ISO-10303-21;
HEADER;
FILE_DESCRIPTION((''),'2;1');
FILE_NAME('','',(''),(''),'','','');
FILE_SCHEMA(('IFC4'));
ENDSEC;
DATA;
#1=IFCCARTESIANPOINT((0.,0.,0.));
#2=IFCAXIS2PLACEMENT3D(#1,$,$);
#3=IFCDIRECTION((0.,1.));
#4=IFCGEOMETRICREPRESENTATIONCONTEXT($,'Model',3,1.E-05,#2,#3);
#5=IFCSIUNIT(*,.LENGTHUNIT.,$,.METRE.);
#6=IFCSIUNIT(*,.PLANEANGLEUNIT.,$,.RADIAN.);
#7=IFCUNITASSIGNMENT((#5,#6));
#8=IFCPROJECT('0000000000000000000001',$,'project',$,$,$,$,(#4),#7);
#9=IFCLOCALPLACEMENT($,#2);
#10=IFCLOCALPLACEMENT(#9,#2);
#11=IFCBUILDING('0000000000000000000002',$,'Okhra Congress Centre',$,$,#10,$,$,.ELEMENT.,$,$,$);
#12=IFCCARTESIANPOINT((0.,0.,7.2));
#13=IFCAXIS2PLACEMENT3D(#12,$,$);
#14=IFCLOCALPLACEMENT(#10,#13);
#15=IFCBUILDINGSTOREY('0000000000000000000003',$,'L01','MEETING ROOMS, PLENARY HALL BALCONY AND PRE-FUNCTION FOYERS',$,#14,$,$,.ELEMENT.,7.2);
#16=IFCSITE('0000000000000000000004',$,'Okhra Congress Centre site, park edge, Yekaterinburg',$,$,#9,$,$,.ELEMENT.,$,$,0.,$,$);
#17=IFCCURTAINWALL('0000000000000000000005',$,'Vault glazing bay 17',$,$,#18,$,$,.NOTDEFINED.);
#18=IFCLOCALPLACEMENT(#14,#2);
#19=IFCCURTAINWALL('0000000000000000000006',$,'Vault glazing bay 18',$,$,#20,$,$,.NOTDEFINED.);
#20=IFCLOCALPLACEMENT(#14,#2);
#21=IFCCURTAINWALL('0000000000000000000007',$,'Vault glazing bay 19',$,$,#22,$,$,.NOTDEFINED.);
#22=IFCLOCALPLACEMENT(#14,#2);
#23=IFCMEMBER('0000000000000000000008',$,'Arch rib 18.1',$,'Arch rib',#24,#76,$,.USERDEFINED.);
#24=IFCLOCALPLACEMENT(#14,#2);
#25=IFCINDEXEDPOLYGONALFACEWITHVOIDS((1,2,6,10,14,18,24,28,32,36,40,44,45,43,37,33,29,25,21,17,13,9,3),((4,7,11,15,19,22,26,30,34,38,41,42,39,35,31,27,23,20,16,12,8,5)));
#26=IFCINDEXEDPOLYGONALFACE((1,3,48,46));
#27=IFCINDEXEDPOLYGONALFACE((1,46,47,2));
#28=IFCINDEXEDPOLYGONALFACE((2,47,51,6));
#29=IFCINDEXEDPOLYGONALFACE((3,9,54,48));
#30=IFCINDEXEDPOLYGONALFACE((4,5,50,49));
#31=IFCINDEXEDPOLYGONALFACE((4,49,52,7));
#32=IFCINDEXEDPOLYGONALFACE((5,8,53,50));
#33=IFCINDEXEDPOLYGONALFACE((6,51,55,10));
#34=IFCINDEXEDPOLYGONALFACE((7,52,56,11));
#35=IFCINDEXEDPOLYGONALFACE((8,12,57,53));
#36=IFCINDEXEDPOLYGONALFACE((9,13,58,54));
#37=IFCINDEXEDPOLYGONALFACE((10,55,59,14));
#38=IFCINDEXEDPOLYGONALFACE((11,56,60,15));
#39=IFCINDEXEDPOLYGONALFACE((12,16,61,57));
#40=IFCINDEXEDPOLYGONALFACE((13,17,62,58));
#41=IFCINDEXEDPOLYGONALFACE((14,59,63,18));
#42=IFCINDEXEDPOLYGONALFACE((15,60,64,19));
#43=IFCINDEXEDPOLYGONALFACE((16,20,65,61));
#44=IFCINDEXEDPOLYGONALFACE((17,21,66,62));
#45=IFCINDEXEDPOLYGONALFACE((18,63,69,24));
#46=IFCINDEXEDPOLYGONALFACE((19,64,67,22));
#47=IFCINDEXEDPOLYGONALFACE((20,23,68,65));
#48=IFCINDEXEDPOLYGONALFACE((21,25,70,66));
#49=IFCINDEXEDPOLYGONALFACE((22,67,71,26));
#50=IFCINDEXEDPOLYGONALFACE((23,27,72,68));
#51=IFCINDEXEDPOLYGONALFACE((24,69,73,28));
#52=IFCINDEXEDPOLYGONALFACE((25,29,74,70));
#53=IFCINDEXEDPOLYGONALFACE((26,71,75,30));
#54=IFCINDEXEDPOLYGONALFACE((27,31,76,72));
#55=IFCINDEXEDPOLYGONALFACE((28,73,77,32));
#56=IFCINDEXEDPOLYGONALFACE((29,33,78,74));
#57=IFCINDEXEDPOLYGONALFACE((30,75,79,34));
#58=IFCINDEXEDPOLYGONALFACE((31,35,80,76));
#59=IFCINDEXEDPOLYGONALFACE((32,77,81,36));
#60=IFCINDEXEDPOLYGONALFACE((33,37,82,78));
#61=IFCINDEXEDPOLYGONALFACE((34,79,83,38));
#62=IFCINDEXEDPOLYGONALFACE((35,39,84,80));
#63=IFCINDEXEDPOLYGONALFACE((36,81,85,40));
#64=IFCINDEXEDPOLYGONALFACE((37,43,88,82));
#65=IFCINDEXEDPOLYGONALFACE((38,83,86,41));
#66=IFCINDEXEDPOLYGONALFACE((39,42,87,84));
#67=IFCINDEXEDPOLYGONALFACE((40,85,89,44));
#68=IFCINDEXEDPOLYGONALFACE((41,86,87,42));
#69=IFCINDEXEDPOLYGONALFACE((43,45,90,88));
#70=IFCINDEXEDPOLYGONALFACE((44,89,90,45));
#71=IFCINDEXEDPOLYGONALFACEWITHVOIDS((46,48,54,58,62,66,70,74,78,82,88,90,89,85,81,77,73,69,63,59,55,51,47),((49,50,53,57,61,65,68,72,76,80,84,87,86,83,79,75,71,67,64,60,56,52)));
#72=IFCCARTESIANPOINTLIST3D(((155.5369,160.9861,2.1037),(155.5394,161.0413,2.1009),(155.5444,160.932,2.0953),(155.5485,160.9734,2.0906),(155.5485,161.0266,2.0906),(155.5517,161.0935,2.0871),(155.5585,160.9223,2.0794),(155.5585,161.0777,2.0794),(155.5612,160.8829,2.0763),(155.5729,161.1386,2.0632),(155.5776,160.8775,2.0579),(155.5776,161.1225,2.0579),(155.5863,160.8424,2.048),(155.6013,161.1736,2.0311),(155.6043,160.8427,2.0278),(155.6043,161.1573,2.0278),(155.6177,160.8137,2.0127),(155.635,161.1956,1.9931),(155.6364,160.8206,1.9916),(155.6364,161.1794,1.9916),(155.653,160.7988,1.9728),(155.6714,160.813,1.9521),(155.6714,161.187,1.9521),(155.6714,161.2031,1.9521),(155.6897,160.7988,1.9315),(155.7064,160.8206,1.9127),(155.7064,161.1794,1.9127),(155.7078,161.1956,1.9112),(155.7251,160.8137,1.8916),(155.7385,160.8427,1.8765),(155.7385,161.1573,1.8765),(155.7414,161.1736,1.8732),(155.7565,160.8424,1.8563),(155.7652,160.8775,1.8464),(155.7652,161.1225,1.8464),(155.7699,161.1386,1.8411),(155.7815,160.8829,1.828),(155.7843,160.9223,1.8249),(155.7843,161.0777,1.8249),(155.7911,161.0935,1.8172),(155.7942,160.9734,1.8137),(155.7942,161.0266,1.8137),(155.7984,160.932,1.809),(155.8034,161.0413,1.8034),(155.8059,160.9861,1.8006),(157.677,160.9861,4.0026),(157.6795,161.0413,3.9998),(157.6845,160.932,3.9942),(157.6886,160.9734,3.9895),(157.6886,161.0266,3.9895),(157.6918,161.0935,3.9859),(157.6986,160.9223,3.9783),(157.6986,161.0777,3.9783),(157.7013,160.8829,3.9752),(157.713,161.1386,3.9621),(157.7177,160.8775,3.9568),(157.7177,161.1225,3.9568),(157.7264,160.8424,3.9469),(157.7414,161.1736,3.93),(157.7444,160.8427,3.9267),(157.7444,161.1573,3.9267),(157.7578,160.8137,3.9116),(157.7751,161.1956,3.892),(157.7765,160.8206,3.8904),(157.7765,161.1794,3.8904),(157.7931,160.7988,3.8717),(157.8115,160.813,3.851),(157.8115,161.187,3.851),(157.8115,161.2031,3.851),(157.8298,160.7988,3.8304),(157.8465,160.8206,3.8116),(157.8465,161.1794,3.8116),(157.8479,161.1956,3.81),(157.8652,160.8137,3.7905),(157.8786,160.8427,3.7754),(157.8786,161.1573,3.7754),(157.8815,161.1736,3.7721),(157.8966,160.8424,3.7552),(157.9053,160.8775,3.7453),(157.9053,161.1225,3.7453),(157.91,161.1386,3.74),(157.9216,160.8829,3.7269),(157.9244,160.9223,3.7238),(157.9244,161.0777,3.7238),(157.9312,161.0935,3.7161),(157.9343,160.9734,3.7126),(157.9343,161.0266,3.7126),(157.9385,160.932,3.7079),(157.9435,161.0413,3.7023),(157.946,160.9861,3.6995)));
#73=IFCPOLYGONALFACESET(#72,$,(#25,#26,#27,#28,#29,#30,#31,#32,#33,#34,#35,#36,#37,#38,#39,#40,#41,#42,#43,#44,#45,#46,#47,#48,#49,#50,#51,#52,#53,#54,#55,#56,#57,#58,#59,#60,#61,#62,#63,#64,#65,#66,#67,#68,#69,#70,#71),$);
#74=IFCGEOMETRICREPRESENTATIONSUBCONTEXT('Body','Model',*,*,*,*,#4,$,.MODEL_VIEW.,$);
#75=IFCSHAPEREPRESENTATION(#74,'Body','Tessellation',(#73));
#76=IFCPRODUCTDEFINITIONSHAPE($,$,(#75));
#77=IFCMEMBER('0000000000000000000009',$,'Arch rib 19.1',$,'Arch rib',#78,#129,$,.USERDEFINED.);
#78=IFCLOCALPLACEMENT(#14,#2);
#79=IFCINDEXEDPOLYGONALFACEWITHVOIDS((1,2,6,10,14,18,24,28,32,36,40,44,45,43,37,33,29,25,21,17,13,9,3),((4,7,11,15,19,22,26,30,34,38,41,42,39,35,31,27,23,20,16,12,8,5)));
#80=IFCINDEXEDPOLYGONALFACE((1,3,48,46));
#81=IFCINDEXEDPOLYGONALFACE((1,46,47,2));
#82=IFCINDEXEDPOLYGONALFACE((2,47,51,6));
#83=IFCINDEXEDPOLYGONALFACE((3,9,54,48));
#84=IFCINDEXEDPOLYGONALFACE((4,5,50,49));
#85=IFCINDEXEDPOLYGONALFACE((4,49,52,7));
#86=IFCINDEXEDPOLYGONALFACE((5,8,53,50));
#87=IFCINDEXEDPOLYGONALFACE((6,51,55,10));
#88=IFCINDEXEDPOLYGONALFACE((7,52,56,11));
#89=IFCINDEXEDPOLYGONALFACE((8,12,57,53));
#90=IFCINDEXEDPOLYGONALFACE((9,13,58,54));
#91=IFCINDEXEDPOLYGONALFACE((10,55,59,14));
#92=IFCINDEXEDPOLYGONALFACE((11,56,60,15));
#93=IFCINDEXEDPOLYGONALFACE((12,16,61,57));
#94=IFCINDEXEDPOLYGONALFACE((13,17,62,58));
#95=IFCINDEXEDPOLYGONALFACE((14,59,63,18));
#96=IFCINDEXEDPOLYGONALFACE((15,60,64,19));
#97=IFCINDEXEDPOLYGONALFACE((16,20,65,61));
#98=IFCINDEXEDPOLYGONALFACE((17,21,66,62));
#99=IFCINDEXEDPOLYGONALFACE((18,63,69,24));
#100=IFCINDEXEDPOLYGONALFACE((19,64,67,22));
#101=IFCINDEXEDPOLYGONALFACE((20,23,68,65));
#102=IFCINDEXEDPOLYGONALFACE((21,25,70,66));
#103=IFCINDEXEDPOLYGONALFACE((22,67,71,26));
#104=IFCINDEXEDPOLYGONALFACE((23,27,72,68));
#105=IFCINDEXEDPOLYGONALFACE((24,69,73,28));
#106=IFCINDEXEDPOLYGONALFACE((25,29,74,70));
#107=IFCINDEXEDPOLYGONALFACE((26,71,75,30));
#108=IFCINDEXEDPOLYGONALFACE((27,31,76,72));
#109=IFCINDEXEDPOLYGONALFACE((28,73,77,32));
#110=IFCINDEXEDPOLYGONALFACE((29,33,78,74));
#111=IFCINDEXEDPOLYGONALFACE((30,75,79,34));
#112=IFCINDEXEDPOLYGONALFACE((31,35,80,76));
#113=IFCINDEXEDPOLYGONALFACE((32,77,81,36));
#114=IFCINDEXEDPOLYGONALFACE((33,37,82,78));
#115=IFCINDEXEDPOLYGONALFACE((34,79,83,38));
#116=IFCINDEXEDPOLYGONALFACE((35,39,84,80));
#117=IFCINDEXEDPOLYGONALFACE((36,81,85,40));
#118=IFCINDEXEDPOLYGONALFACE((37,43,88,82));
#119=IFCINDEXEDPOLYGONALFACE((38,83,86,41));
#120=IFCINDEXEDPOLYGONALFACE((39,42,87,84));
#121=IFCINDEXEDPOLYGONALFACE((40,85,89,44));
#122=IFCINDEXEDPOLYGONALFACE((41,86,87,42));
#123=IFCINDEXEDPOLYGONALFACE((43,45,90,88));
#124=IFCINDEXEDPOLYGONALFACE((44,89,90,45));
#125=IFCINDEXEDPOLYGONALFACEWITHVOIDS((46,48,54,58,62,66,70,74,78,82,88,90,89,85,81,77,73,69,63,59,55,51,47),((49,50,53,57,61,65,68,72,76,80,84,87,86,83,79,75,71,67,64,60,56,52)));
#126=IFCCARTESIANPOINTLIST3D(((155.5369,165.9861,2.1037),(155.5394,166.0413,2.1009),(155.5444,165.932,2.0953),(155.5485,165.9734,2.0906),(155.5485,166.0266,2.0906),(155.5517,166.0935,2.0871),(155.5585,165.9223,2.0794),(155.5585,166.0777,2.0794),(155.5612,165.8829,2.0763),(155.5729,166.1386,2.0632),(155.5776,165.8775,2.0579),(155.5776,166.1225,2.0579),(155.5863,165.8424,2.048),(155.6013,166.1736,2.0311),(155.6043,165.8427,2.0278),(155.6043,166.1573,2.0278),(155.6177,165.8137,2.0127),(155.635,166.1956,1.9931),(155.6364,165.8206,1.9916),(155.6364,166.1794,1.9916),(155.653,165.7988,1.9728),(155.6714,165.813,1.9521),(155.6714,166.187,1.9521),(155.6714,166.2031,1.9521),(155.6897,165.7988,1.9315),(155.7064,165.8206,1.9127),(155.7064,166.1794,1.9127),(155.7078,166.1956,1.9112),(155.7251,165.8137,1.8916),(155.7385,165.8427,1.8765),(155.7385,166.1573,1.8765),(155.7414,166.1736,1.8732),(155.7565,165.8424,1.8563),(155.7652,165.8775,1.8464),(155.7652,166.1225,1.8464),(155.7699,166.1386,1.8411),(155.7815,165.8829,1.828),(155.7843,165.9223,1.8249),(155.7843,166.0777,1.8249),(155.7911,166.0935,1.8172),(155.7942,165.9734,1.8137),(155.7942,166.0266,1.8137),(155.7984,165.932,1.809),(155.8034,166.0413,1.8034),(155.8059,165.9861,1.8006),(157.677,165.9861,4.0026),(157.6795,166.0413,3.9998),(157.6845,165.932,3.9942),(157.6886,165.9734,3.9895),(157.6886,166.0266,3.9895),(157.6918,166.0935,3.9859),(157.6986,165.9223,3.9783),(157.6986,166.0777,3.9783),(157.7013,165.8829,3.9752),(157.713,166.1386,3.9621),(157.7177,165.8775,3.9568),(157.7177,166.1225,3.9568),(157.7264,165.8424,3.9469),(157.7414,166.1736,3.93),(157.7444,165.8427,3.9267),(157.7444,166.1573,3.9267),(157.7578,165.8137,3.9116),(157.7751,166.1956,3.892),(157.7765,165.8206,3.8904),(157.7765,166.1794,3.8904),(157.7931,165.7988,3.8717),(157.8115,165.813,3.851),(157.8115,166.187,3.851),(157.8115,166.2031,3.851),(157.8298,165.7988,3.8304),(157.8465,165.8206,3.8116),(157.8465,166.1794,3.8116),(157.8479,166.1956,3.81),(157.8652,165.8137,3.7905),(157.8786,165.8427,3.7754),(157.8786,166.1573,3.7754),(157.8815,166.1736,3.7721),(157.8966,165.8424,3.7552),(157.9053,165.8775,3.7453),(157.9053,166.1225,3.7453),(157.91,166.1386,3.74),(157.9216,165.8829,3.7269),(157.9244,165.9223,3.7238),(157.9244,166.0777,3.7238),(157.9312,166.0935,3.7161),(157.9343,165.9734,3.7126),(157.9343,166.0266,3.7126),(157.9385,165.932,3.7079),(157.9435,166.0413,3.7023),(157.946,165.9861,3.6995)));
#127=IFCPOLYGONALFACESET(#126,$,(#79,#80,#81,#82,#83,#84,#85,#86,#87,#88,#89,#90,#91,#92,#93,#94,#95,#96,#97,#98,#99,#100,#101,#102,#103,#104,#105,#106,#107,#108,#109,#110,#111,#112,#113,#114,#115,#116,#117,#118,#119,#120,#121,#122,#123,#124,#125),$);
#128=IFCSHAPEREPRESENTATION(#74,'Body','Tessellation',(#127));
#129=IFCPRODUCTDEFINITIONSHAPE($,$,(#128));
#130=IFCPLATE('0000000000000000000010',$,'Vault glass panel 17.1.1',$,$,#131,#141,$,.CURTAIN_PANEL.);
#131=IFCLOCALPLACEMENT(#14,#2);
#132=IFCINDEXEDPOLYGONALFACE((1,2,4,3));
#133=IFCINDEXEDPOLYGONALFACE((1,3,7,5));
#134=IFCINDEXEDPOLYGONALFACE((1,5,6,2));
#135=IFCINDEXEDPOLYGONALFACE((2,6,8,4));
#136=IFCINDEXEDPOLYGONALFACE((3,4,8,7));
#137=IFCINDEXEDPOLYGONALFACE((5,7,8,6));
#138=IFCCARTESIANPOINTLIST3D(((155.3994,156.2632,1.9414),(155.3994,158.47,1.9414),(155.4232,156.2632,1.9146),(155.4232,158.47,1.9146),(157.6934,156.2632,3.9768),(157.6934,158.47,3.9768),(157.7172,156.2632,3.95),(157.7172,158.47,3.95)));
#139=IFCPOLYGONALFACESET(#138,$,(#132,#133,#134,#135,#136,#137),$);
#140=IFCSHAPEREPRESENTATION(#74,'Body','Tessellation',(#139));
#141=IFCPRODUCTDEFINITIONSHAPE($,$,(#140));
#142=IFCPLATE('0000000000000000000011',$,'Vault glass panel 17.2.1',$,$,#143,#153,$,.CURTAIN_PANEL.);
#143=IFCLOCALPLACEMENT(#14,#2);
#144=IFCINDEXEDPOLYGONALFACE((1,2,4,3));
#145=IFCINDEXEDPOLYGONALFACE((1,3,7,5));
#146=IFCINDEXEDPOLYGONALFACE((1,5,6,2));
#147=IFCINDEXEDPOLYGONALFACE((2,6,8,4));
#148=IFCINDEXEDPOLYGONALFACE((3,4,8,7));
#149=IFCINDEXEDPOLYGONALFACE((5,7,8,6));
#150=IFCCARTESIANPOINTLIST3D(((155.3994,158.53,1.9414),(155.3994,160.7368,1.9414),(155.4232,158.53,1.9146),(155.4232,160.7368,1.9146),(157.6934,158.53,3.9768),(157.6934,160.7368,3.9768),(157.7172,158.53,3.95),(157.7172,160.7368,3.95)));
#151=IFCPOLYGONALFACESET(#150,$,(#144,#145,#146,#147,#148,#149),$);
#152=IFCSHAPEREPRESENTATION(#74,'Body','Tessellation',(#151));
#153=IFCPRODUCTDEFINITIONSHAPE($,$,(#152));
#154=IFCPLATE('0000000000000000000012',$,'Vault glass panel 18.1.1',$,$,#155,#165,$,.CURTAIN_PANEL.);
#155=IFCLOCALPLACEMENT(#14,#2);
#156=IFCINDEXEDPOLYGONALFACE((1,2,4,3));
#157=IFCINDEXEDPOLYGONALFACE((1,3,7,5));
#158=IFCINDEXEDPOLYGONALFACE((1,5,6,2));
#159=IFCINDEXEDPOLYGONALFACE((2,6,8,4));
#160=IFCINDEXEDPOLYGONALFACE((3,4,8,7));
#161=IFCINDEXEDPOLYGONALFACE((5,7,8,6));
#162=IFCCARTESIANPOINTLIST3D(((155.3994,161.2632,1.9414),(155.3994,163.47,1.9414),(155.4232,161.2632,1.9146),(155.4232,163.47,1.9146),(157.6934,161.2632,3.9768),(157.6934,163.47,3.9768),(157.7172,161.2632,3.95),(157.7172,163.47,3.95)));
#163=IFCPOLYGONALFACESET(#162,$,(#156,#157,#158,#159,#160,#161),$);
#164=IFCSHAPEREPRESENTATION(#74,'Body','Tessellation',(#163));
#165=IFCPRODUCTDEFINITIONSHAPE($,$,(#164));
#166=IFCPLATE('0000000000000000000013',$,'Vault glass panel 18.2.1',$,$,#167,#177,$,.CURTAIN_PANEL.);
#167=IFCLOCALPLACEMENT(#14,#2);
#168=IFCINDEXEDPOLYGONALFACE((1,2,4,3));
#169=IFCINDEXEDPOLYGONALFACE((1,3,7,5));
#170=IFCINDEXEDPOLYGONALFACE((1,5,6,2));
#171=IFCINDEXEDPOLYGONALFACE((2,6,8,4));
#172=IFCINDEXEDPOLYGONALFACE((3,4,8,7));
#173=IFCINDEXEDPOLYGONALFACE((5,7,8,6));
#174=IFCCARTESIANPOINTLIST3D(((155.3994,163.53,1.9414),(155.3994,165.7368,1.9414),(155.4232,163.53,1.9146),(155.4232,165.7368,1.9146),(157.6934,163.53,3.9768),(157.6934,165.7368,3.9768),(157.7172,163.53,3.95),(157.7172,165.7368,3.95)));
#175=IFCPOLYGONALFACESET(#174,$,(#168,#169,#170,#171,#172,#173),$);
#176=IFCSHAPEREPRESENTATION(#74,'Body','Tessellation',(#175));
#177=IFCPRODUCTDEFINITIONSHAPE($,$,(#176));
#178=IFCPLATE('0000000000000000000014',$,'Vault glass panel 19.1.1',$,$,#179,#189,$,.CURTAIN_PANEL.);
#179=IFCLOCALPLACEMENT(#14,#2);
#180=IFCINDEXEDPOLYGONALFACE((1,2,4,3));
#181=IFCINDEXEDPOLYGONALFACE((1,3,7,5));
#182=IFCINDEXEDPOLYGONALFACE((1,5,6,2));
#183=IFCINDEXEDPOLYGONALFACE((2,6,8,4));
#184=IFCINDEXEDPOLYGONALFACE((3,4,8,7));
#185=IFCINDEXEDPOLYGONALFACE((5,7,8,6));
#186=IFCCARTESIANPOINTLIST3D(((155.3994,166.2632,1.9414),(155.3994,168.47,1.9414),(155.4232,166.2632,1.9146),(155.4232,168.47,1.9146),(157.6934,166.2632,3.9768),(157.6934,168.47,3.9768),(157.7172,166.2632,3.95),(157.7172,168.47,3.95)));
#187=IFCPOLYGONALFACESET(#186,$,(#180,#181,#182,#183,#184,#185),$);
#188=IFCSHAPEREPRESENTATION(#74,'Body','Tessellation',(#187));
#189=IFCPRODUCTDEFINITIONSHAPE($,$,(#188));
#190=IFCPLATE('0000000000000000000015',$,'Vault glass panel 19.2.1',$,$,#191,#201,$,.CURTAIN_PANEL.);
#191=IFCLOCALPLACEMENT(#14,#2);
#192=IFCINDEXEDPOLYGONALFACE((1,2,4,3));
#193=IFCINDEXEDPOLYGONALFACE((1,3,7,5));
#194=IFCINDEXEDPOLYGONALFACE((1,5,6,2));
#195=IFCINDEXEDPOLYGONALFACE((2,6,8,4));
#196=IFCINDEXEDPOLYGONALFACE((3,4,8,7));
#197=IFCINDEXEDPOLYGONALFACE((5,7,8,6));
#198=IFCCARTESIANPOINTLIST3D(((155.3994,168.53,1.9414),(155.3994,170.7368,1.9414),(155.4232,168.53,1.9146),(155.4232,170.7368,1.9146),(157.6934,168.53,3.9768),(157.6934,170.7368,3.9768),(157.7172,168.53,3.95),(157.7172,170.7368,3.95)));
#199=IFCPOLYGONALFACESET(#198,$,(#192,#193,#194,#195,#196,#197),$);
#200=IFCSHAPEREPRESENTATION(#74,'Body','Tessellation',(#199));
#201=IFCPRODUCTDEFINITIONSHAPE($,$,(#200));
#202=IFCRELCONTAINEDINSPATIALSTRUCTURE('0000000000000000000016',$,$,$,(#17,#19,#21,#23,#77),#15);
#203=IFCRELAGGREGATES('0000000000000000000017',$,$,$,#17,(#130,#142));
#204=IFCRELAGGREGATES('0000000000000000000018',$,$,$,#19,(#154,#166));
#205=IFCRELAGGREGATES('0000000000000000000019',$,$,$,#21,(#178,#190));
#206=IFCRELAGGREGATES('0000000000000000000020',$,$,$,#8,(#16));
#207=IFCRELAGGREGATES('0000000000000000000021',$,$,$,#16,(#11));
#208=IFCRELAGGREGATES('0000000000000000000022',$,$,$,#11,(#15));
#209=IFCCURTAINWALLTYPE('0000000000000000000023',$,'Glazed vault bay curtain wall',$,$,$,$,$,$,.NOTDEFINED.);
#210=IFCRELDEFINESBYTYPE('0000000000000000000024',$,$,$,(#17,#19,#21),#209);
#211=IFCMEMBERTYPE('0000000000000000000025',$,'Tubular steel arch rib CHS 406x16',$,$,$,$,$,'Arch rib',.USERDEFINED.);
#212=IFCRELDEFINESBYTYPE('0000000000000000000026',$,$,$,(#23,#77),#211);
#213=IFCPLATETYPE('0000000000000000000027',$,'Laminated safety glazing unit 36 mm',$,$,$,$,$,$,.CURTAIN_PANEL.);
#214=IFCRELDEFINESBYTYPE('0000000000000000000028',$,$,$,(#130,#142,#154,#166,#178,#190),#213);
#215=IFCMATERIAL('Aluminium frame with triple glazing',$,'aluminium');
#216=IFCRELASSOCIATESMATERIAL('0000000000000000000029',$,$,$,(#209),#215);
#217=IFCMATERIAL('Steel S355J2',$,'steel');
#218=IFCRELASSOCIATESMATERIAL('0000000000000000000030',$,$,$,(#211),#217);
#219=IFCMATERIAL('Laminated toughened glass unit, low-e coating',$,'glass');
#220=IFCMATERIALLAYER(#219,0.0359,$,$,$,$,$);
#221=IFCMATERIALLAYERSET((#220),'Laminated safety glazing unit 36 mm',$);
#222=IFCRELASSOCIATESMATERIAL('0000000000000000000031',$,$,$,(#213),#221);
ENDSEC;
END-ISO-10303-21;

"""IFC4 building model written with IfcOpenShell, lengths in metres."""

from ifc_helpers import new_model, si_unit, direction, frame, origin, origin_2d, place, context, subcontext, project, spatial, polyline, hollow_circle, outline, extrude, material, layer, layer_set, material_profile, profile_set, type_object, element, aggregate, save


model = new_model("IFC4")

# Units and contexts
model_context = context("Model", 3, precision=1e-05, world=origin(), true_north=direction((0.0, 1.0)))
body_context = subcontext(model_context, "Body", "Model", "MODEL_VIEW")
ifc_project = project(units=[si_unit("LENGTHUNIT", "METRE"), si_unit("PLANEANGLEUNIT", "RADIAN")], contexts=[model_context])

# Site, building, storey
site_placement = place(None, origin())
site = spatial("IfcSite", under=ifc_project, at=site_placement, Name="Okhra Congress Centre site, park edge, Yekaterinburg", CompositionType="ELEMENT", RefElevation=0.0)
building_placement = place(site_placement, origin())
building = spatial("IfcBuilding", under=site, at=building_placement, Name="Okhra Congress Centre", CompositionType="ELEMENT")
storey_placement = place(building_placement, frame((0.0, 0.0, 7.2)))
storey = spatial("IfcBuildingStorey", under=building, at=storey_placement, Name="L01", Description="MEETING ROOMS, PLENARY HALL BALCONY AND PRE-FUNCTION FOYERS", CompositionType="ELEMENT", Elevation=7.2)

# Shared definitions
ifc_material_1 = material(Name="Aluminium frame with triple glazing", Category="aluminium")
curtain_wall_type = type_object("IfcCurtainWallType", Name="Glazed vault bay curtain wall", PredefinedType="NOTDEFINED", material=ifc_material_1)

# Curtain walls
curtain_wall_1_placement = place(storey_placement, origin())
curtain_wall_1 = element("IfcCurtainWall", 1, at=curtain_wall_1_placement, inside=storey, type_object=curtain_wall_type, Name="Vault glazing bay 17", PredefinedType="NOTDEFINED")
curtain_wall_2_placement = place(storey_placement, origin())
curtain_wall_2 = element("IfcCurtainWall", 2, at=curtain_wall_2_placement, inside=storey, type_object=curtain_wall_type, Name="Vault glazing bay 18", PredefinedType="NOTDEFINED")
curtain_wall_3_placement = place(storey_placement, origin())
curtain_wall_3 = element("IfcCurtainWall", 3, at=curtain_wall_3_placement, inside=storey, type_object=curtain_wall_type, Name="Vault glazing bay 19", PredefinedType="NOTDEFINED")

# Shared definitions
ifc_material_2 = material(Name="Steel S355J2", Category="steel")

# Members
ifc_material_profile_1 = material_profile(ifc_material_2, hollow_circle(Radius=0.2031, WallThickness=0.0161, at=origin_2d()), Name="CHS 406.4x16")
ifc_profile_set_1 = profile_set([ifc_material_profile_1], Name="Steel S355J2")
member_type_1 = type_object("IfcMemberType", Name="Tubular steel arch rib CHS 406x16", ElementType="Arch rib", PredefinedType="USERDEFINED", material=ifc_profile_set_1)
for number, where, z_axis, x_axis, name in (
    (4, (155.6714, 161.0, 1.9521), (0.748002, 0.0, 0.663696), (0.0, 1.0, 0.0), "Arch rib 18.1"),
    (5, (155.6714, 166.0, 1.9521), (0.748002, 0.0, 0.663696), (0.0, 1.0, 0.0), "Arch rib 19.1"),
):
    element("IfcMember", number, at=place(storey_placement, frame(where, z_axis=z_axis, x_axis=x_axis)), inside=storey, type_object=member_type_1, Name=name, ObjectType="Arch rib", PredefinedType="USERDEFINED", context=body_context, shape_type="SweptSolid", body=[
        extrude(hollow_circle(Radius=0.2031, WallThickness=0.0161, at=origin_2d()), origin(), (0.0, 0.0, 1.0), 2.8611),
    ])

# Plates
ifc_material_3 = material(Name="Laminated toughened glass unit, low-e coating", Category="glass")
ifc_layer_1 = layer(ifc_material_3, 0.0359)
ifc_layer_set_1 = layer_set([ifc_layer_1], Name="Laminated safety glazing unit 36 mm")
plate_type = type_object("IfcPlateType", Name="Laminated safety glazing unit 36 mm", PredefinedType="CURTAIN_PANEL", material=ifc_layer_set_1)
plate_1_placement = place(storey_placement, frame((155.3994, 156.2632, 1.9414), z_axis=(-0.663697, 0.0, 0.748002), x_axis=(0.748002, 0.0, 0.663697)))
plate_1 = element("IfcPlate", 6, at=plate_1_placement, type_object=plate_type, Name="Vault glass panel 17.1.1", PredefinedType="CURTAIN_PANEL", context=body_context, shape_type="SweptSolid", body=[
    extrude(outline(polyline([(0.0, 0.0), (3.0668, 0.0), (3.0668, 2.2068), (0.0, 2.2068), (0.0, 0.0)])), origin(), (0.0, 0.0, -1.0), 0.0359),
])
plate_2_placement = place(storey_placement, frame((155.3994, 158.53, 1.9414), z_axis=(-0.663697, 0.0, 0.748002), x_axis=(0.748002, 0.0, 0.663697)))
plate_2 = element("IfcPlate", 7, at=plate_2_placement, type_object=plate_type, Name="Vault glass panel 17.2.1", PredefinedType="CURTAIN_PANEL", context=body_context, shape_type="SweptSolid", body=[
    extrude(outline(polyline([(0.0, 0.0), (3.0668, 0.0), (3.0668, 2.2068), (0.0, 2.2068), (0.0, 0.0)])), origin(), (0.0, 0.0, -1.0), 0.0359),
])
aggregate(curtain_wall_1, [plate_1, plate_2])
plate_3_placement = place(storey_placement, frame((155.3994, 161.2632, 1.9414), z_axis=(-0.663697, 0.0, 0.748002), x_axis=(0.748002, 0.0, 0.663697)))
plate_3 = element("IfcPlate", 8, at=plate_3_placement, type_object=plate_type, Name="Vault glass panel 18.1.1", PredefinedType="CURTAIN_PANEL", context=body_context, shape_type="SweptSolid", body=[
    extrude(outline(polyline([(0.0, 0.0), (3.0668, 0.0), (3.0668, 2.2068), (0.0, 2.2068), (0.0, 0.0)])), origin(), (0.0, 0.0, -1.0), 0.0359),
])
plate_4_placement = place(storey_placement, frame((155.3994, 163.53, 1.9414), z_axis=(-0.663697, 0.0, 0.748002), x_axis=(0.748002, 0.0, 0.663697)))
plate_4 = element("IfcPlate", 9, at=plate_4_placement, type_object=plate_type, Name="Vault glass panel 18.2.1", PredefinedType="CURTAIN_PANEL", context=body_context, shape_type="SweptSolid", body=[
    extrude(outline(polyline([(0.0, 0.0), (3.0668, 0.0), (3.0668, 2.2068), (0.0, 2.2068), (0.0, 0.0)])), origin(), (0.0, 0.0, -1.0), 0.0359),
])
aggregate(curtain_wall_2, [plate_3, plate_4])
plate_5_placement = place(storey_placement, frame((155.3994, 166.2632, 1.9414), z_axis=(-0.663697, 0.0, 0.748002), x_axis=(0.748002, 0.0, 0.663697)))
plate_5 = element("IfcPlate", 10, at=plate_5_placement, type_object=plate_type, Name="Vault glass panel 19.1.1", PredefinedType="CURTAIN_PANEL", context=body_context, shape_type="SweptSolid", body=[
    extrude(outline(polyline([(0.0, 0.0), (3.0668, 0.0), (3.0668, 2.2068), (0.0, 2.2068), (0.0, 0.0)])), origin(), (0.0, 0.0, -1.0), 0.0359),
])
plate_6_placement = place(storey_placement, frame((155.3994, 168.53, 1.9414), z_axis=(-0.663697, 0.0, 0.748002), x_axis=(0.748002, 0.0, 0.663697)))
plate_6 = element("IfcPlate", 11, at=plate_6_placement, type_object=plate_type, Name="Vault glass panel 19.2.1", PredefinedType="CURTAIN_PANEL", context=body_context, shape_type="SweptSolid", body=[
    extrude(outline(polyline([(0.0, 0.0), (3.0668, 0.0), (3.0668, 2.2068), (0.0, 2.2068), (0.0, 0.0)])), origin(), (0.0, 0.0, -1.0), 0.0359),
])
aggregate(curtain_wall_3, [plate_5, plate_6])

save(model, "model.ifc")
